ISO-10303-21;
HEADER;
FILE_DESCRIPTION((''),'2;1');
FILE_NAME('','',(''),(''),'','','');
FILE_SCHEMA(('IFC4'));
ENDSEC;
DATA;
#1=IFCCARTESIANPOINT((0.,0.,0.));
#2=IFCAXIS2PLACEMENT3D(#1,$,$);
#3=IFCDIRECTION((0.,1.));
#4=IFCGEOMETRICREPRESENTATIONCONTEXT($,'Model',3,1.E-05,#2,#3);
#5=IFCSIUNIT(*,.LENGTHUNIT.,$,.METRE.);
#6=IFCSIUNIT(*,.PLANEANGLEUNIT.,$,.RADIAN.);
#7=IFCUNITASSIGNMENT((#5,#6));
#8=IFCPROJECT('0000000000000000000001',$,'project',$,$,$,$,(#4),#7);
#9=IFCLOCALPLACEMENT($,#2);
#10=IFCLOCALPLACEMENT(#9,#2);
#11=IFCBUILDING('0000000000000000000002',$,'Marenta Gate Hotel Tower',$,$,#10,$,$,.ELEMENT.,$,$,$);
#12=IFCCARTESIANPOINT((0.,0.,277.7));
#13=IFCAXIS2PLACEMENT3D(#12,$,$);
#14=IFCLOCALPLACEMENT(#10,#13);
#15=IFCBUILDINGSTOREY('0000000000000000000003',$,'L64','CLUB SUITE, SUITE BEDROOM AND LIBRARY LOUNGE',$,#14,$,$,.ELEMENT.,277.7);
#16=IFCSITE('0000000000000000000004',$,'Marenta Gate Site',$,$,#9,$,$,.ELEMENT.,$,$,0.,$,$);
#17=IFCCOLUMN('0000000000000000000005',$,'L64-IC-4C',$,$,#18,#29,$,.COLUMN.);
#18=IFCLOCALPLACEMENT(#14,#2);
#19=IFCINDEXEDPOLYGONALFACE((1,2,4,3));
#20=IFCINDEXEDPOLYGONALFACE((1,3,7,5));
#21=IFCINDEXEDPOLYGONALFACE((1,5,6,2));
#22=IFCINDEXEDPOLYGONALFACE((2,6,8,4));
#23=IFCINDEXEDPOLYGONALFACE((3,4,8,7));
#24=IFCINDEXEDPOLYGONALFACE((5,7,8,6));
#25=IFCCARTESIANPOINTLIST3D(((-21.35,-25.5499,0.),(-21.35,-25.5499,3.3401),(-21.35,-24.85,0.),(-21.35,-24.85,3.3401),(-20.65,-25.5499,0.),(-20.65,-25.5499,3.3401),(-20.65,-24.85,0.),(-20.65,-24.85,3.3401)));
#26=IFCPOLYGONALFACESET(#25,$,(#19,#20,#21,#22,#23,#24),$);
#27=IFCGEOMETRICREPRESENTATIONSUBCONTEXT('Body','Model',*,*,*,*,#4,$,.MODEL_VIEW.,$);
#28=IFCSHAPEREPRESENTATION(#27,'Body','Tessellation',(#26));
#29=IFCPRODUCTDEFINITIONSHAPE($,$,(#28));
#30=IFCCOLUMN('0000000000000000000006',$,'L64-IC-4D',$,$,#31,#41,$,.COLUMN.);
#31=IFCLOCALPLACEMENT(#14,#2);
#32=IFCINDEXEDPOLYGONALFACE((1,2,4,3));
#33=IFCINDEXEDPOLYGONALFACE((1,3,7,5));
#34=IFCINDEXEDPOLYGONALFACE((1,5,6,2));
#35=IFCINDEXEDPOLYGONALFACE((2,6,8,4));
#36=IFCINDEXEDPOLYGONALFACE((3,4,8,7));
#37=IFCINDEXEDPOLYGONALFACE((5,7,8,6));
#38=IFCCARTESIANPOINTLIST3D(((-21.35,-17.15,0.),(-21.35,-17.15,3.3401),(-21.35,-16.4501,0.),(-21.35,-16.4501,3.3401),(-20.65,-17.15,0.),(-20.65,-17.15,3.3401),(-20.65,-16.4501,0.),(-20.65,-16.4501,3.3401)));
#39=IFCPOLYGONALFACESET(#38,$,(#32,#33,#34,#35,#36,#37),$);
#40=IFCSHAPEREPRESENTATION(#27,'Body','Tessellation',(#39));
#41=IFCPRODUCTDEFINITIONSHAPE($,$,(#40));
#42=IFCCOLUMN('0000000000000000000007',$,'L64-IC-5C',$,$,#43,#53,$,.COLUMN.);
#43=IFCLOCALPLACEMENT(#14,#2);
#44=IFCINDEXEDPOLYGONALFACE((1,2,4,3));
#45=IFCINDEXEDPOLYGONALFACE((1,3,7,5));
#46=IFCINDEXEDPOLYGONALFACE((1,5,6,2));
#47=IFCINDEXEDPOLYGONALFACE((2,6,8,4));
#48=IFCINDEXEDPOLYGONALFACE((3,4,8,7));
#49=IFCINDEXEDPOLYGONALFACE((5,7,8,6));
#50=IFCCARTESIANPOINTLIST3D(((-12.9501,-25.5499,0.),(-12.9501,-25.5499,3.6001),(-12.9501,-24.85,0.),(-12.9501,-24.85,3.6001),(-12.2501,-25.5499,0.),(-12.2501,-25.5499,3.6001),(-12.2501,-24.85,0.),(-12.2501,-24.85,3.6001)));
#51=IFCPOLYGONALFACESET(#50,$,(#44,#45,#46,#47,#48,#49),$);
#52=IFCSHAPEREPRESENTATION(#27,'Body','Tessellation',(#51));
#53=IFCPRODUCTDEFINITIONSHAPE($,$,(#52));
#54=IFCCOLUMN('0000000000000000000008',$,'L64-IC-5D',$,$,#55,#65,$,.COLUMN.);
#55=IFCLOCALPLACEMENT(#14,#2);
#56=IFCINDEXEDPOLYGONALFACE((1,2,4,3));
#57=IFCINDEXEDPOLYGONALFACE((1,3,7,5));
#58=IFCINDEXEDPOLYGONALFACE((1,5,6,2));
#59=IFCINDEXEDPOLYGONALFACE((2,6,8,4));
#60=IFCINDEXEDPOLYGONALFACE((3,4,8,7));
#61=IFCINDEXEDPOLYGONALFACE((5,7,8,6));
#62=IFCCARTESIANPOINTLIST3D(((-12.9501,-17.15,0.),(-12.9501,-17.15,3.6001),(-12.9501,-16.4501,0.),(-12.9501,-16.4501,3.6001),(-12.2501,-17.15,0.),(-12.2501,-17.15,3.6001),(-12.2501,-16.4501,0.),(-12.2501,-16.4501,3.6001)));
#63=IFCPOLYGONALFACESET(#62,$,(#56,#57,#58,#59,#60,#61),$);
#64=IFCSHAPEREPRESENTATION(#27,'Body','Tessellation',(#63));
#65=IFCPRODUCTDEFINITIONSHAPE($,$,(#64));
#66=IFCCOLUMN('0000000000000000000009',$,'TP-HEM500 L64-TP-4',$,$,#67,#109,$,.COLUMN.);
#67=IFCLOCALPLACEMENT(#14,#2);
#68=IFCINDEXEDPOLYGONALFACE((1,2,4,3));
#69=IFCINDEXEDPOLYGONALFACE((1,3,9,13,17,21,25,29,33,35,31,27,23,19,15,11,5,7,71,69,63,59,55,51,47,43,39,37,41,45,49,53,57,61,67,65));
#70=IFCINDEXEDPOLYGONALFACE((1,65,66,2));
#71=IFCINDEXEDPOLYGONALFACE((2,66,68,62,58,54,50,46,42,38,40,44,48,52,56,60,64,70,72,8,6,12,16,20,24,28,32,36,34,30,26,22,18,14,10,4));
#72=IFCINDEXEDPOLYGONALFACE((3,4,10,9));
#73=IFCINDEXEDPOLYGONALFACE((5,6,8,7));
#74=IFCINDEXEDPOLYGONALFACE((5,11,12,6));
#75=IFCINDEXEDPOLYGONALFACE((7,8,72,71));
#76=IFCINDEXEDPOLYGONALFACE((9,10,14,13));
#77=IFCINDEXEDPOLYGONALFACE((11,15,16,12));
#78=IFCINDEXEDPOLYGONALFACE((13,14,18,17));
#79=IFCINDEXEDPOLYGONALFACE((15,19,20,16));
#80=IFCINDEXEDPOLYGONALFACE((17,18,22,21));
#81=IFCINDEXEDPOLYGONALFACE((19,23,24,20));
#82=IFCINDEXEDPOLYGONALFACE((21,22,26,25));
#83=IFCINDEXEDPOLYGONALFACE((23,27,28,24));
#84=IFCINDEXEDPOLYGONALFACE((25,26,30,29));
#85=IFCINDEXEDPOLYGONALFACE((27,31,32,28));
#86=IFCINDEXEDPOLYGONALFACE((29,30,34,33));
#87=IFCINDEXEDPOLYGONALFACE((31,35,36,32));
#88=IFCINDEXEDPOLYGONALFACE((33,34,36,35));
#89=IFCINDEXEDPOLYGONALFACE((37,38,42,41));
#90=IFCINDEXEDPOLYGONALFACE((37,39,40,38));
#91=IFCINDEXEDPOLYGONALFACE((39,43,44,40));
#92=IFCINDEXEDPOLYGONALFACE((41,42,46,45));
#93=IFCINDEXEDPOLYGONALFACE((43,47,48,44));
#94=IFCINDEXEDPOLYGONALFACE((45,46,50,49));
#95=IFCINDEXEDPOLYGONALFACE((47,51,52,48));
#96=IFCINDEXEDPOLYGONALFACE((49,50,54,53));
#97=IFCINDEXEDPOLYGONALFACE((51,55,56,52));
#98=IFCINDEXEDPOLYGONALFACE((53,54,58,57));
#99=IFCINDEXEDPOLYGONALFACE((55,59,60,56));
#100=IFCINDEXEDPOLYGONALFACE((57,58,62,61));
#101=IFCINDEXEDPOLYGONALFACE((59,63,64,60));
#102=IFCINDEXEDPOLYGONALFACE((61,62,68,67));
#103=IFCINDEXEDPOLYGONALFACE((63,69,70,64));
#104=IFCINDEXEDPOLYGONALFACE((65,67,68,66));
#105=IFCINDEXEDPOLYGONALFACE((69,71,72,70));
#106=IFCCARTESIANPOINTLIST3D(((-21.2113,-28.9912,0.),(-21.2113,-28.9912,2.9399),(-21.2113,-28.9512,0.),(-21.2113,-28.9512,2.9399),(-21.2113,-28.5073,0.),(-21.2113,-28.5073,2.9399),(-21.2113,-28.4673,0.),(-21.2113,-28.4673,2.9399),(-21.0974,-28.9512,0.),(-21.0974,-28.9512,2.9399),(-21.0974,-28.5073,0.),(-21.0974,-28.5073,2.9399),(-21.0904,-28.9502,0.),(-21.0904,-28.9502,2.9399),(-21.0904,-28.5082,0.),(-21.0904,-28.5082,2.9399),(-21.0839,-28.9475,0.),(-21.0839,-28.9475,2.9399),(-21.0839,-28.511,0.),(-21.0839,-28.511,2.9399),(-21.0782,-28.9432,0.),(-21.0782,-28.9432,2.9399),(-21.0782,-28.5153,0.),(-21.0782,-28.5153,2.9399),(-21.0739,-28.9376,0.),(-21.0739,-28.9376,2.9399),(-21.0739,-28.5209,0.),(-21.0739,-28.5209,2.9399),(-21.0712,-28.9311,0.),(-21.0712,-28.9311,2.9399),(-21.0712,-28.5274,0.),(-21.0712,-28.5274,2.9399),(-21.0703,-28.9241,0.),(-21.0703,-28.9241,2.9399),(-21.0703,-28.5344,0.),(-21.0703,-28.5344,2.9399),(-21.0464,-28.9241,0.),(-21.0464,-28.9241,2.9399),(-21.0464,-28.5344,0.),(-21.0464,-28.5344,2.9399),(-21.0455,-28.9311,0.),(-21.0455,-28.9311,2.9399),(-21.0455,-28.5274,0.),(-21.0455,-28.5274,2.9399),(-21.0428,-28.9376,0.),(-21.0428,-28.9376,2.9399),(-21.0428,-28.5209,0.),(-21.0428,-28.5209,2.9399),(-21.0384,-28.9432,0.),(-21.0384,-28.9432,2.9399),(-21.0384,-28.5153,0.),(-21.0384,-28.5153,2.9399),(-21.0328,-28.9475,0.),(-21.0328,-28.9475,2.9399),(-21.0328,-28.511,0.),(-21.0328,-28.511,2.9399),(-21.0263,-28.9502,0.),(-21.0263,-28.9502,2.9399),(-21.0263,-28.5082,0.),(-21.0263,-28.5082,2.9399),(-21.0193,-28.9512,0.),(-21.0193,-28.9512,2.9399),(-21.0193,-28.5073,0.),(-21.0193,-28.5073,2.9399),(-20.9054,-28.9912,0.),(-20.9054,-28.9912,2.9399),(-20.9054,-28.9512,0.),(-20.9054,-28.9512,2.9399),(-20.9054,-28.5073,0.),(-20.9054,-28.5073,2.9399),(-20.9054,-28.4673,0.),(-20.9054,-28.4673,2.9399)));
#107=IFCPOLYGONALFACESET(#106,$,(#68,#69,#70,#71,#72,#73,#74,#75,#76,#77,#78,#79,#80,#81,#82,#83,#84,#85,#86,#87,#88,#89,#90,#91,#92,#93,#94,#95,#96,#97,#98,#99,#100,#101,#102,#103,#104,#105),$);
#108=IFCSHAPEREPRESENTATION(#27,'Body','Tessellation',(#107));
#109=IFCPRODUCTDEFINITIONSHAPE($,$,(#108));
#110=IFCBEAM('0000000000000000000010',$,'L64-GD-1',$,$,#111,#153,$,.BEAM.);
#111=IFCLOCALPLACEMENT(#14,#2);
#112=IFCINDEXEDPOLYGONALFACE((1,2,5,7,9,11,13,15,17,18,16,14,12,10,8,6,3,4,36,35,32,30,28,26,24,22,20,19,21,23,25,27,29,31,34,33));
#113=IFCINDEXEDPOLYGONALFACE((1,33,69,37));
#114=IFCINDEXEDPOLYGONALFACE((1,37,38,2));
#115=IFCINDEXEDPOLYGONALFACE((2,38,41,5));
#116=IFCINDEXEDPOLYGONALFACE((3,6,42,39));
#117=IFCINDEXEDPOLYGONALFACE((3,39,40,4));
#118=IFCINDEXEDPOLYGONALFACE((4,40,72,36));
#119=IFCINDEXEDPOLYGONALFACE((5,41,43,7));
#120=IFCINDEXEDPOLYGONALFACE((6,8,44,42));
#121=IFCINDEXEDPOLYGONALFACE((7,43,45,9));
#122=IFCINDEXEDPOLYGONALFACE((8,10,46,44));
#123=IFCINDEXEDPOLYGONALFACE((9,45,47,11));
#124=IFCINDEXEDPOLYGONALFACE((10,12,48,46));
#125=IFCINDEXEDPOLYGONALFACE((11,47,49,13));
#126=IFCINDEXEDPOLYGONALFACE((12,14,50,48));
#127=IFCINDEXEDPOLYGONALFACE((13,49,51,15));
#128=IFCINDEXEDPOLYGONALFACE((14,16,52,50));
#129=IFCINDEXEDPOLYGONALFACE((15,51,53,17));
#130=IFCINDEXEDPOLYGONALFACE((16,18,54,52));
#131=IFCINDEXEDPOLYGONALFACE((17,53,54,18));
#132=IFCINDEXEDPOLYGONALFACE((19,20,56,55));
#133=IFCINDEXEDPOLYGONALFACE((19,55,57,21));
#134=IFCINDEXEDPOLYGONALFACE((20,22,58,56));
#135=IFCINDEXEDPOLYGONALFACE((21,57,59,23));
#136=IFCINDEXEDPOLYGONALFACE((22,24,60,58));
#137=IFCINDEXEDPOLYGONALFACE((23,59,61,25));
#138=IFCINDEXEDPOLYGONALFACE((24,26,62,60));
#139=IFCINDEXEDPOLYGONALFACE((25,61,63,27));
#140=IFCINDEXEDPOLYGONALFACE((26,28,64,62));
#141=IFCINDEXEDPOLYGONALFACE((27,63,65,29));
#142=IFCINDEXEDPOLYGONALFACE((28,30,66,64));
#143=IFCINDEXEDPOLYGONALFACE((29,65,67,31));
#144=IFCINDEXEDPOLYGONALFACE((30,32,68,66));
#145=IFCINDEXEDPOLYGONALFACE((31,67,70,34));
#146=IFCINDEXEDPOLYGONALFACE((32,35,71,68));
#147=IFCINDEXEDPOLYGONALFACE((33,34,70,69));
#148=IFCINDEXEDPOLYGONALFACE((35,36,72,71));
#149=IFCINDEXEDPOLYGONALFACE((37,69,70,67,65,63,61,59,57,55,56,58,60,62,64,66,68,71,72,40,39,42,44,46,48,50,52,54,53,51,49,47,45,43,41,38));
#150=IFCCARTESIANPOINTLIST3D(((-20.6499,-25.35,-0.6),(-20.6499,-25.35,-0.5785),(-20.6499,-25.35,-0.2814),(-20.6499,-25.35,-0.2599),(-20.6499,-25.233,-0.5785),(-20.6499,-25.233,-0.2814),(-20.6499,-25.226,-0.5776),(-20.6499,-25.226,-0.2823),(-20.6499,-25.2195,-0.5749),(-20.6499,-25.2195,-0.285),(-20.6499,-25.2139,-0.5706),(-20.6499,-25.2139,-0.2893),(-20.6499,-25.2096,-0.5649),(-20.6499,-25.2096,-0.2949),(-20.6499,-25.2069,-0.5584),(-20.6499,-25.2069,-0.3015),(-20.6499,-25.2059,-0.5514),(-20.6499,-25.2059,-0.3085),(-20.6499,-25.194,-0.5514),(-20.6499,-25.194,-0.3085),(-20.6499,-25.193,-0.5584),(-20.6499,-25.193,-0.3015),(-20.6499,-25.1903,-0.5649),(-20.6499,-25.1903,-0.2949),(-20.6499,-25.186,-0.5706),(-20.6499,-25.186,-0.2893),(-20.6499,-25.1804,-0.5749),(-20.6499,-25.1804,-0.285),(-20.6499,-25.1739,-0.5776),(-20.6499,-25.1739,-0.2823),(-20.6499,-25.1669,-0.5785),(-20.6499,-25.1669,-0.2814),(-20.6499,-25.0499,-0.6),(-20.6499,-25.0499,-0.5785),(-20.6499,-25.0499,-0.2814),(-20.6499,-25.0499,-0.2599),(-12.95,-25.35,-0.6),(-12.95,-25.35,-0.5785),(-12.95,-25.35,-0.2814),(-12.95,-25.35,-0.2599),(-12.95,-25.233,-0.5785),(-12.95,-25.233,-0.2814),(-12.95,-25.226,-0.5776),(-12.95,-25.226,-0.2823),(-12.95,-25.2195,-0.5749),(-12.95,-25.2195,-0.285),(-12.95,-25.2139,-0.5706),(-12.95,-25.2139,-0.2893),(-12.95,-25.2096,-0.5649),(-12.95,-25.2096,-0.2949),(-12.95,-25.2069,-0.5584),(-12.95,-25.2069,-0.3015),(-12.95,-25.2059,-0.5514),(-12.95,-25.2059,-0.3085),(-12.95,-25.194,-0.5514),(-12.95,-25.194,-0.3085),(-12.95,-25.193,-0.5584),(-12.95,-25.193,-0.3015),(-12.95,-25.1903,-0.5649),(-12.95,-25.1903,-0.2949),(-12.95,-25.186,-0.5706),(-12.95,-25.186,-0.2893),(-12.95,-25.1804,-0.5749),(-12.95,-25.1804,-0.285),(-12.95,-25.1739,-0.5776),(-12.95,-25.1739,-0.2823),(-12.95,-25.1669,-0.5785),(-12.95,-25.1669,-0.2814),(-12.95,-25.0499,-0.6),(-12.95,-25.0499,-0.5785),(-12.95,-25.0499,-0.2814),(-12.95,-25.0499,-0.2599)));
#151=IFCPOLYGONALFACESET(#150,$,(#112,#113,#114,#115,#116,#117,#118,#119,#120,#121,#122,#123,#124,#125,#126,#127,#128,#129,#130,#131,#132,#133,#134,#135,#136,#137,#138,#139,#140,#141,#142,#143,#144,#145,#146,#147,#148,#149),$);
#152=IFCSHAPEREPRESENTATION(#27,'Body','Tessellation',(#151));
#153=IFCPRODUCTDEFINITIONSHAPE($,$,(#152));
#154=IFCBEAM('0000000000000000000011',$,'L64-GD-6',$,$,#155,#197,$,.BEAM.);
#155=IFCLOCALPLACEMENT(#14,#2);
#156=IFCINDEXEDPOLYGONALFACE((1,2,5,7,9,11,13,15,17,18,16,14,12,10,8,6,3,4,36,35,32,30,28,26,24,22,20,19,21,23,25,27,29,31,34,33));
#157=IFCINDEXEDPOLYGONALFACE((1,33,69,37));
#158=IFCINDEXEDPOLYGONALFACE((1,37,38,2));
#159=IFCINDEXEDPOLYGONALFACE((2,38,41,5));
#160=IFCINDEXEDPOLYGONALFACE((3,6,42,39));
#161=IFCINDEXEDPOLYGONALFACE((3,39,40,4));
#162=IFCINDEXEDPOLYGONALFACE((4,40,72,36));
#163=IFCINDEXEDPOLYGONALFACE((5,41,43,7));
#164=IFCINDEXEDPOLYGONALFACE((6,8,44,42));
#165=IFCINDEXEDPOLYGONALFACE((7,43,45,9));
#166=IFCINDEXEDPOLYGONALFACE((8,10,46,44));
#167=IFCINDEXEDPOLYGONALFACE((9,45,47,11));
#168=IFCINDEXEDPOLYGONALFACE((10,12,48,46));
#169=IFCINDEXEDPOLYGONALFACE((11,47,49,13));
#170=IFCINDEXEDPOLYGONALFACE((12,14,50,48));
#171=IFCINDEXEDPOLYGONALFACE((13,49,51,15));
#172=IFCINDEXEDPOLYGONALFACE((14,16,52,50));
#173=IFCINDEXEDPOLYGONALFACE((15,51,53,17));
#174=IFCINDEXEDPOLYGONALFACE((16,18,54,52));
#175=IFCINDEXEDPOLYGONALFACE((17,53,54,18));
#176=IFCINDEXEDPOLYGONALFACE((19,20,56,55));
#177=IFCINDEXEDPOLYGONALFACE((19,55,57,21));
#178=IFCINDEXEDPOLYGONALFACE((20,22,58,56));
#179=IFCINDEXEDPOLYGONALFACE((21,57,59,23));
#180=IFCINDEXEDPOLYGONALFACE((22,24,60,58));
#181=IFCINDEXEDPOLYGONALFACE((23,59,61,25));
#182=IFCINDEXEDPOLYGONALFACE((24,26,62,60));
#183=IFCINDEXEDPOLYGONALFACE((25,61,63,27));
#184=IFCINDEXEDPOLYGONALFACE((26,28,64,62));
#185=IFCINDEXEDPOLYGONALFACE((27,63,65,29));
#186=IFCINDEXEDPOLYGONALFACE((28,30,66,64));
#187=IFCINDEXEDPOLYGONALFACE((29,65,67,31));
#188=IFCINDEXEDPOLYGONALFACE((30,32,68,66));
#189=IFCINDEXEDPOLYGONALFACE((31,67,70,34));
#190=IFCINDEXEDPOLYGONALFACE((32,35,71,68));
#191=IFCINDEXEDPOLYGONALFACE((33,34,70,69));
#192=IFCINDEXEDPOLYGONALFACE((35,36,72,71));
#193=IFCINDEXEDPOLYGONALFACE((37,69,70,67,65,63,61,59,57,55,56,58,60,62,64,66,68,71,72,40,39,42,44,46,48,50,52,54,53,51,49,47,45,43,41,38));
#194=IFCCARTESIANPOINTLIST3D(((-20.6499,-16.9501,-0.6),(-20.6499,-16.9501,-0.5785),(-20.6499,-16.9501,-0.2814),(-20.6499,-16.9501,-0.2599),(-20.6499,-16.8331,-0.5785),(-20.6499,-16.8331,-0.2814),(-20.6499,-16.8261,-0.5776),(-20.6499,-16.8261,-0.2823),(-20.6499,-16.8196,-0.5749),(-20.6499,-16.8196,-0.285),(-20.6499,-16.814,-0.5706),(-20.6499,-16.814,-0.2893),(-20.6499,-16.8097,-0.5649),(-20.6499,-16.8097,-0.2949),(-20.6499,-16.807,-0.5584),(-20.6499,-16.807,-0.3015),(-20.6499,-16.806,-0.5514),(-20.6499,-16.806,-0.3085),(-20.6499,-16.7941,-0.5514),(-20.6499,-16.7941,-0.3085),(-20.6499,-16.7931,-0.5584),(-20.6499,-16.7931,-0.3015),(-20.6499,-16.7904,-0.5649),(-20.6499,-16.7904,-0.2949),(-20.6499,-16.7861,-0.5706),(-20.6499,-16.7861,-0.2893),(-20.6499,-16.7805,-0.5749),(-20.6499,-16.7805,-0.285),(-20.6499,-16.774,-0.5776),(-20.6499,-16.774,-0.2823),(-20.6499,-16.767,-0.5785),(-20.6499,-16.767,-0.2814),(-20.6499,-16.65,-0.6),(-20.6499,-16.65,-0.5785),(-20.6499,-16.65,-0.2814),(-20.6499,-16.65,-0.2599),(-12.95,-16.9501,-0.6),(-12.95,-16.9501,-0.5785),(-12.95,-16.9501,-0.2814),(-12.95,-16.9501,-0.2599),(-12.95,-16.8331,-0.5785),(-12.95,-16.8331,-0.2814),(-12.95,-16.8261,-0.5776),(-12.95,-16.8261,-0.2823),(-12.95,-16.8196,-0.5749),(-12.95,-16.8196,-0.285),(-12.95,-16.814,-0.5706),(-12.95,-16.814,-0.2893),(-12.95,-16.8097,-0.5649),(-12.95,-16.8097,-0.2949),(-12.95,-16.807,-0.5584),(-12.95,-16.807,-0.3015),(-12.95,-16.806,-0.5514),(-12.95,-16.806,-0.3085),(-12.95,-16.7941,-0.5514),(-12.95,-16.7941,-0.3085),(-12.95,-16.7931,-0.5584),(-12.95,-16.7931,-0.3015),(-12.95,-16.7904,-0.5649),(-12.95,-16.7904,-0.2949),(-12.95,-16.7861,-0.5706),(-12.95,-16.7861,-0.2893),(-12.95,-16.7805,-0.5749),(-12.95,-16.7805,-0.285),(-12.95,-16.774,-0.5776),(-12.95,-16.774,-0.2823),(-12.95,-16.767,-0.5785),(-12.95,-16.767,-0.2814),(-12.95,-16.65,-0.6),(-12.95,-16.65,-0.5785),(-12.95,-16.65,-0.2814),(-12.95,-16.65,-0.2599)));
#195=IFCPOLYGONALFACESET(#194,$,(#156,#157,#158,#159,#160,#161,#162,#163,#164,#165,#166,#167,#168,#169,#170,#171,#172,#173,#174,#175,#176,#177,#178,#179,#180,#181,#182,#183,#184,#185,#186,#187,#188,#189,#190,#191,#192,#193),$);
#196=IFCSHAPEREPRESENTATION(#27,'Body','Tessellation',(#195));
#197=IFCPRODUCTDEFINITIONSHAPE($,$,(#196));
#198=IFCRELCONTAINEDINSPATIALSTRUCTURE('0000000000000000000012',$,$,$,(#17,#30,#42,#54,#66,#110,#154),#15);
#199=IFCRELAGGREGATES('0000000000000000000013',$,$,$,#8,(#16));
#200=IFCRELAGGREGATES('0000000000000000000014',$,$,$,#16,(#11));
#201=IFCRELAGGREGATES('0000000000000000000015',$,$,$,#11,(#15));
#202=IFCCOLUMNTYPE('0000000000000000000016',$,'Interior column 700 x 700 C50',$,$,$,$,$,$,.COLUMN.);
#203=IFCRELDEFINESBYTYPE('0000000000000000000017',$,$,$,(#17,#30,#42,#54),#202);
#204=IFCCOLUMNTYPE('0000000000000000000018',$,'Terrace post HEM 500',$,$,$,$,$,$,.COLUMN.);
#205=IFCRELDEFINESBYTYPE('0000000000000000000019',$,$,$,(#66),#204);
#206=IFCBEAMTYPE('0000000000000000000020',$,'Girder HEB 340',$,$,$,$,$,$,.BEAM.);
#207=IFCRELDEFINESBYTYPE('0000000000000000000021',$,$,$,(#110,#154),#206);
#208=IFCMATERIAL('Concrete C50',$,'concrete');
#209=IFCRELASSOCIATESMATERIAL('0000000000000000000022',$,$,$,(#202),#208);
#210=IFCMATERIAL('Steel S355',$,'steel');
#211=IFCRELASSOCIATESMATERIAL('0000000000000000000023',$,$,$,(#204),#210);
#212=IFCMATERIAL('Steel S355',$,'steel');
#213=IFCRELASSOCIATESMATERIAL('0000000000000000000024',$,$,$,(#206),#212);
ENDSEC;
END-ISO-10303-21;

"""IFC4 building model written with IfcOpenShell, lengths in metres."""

from ifc_helpers import new_model, si_unit, direction, frame, origin, origin_2d, place, context, subcontext, project, spatial, rectangle, i_section, extrude, material, material_profile, profile_set, type_object, element, save


model = new_model("IFC4")

# Units and contexts
model_context = context("Model", 3, precision=1e-05, world=origin(), true_north=direction((0.0, 1.0)))
body_context = subcontext(model_context, "Body", "Model", "MODEL_VIEW")
ifc_project = project(units=[si_unit("LENGTHUNIT", "METRE"), si_unit("PLANEANGLEUNIT", "RADIAN")], contexts=[model_context])

# Site, building, storey
site_placement = place(None, origin())
site = spatial("IfcSite", under=ifc_project, at=site_placement, Name="Marenta Gate Site", CompositionType="ELEMENT", RefElevation=0.0)
building_placement = place(site_placement, origin())
building = spatial("IfcBuilding", under=site, at=building_placement, Name="Marenta Gate Hotel Tower", CompositionType="ELEMENT")
storey_placement = place(building_placement, frame((0.0, 0.0, 277.7)))
storey = spatial("IfcBuildingStorey", under=building, at=storey_placement, Name="L64", Description="CLUB SUITE, SUITE BEDROOM AND LIBRARY LOUNGE", CompositionType="ELEMENT", Elevation=277.7)

# Columns
ifc_material_1 = material(Name="Concrete C50", Category="concrete")
ifc_material_profile_1 = material_profile(ifc_material_1, rectangle(XDim=0.7, YDim=0.7, at=origin_2d()), Name="700 x 700")
ifc_profile_set_1 = profile_set([ifc_material_profile_1], Name="Concrete C50")
column_type_1 = type_object("IfcColumnType", Name="Interior column 700 x 700 C50", PredefinedType="COLUMN", material=ifc_profile_set_1)
for number, where, z_axis, x_axis, name in (
    (1, (-21.0, -25.2, 0.0), (0.0, 0.0, 1.0), (1.0, 0.0, 0.0), "L64-IC-4C"),
    (2, (-21.0, -16.8, 0.0), (0.0, 0.0, 1.0), (1.0, 0.0, 0.0), "L64-IC-4D"),
):
    element("IfcColumn", number, at=place(storey_placement, frame(where, z_axis=z_axis, x_axis=x_axis)), inside=storey, type_object=column_type_1, Name=name, PredefinedType="COLUMN", context=body_context, shape_type="SweptSolid", body=[
        extrude(rectangle(XDim=0.7, YDim=0.7, at=origin_2d()), origin(), (0.0, 0.0, 1.0), 3.3401),
    ])
for number, where, z_axis, x_axis, name in (
    (3, (-12.6001, -25.2, 0.0), (0.0, 0.0, 1.0), (1.0, 0.0, 0.0), "L64-IC-5C"),
    (4, (-12.6001, -16.8, 0.0), (0.0, 0.0, 1.0), (1.0, 0.0, 0.0), "L64-IC-5D"),
):
    element("IfcColumn", number, at=place(storey_placement, frame(where, z_axis=z_axis, x_axis=x_axis)), inside=storey, type_object=column_type_1, Name=name, PredefinedType="COLUMN", context=body_context, shape_type="SweptSolid", body=[
        extrude(rectangle(XDim=0.7, YDim=0.7, at=origin_2d()), origin(), (0.0, 0.0, 1.0), 3.6001),
    ])
ifc_material_2 = material(Name="Steel S355", Category="steel")
ifc_material_profile_2 = material_profile(ifc_material_2, i_section(OverallWidth=0.3059, OverallDepth=0.5239, WebThickness=0.0239, FlangeThickness=0.04, FilletRadius=0.0271, at=origin_2d()), Name="HEM 500")
ifc_profile_set_2 = profile_set([ifc_material_profile_2], Name="Steel S355")
column_type_2 = type_object("IfcColumnType", Name="Terrace post HEM 500", PredefinedType="COLUMN", material=ifc_profile_set_2)
column_placement = place(storey_placement, frame((-21.0583, -28.7292, 0.0), z_axis=(0.0, 0.0, 1.0), x_axis=(1.0, 0.0, 0.0)))
element("IfcColumn", 5, at=column_placement, inside=storey, type_object=column_type_2, Name="TP-HEM500 L64-TP-4", PredefinedType="COLUMN", context=body_context, shape_type="SweptSolid", body=[
    extrude(i_section(OverallWidth=0.3059, OverallDepth=0.5239, WebThickness=0.0239, FlangeThickness=0.04, FilletRadius=0.0271, at=origin_2d()), origin(), (0.0, 0.0, 1.0), 2.9399),
])

# Beams
ifc_material_3 = material(Name="Steel S355", Category="steel")
ifc_material_profile_3 = material_profile(ifc_material_3, i_section(OverallWidth=0.3, OverallDepth=0.3401, WebThickness=0.012, FlangeThickness=0.0215, FilletRadius=0.0271, at=origin_2d()), Name="HEB 340")
ifc_profile_set_3 = profile_set([ifc_material_profile_3], Name="Steel S355")
beam_type_1 = type_object("IfcBeamType", Name="Girder HEB 340", PredefinedType="BEAM", material=ifc_profile_set_3)
for number, where, z_axis, x_axis, name in (
    (6, (-20.6499, -25.2, -0.4299), (1.0, 0.0, 0.0), (0.0, 1.0, 0.0), "L64-GD-1"),
    (7, (-20.6499, -16.8, -0.4299), (1.0, 0.0, 0.0), (0.0, 1.0, 0.0), "L64-GD-6"),
):
    element("IfcBeam", number, at=place(storey_placement, frame(where, z_axis=z_axis, x_axis=x_axis)), inside=storey, type_object=beam_type_1, Name=name, PredefinedType="BEAM", context=body_context, shape_type="SweptSolid", body=[
        extrude(i_section(OverallWidth=0.3, OverallDepth=0.3401, WebThickness=0.012, FlangeThickness=0.0215, FilletRadius=0.0271, at=origin_2d()), origin(), (0.0, 0.0, 1.0), 7.7),
    ])

save(model, "model.ifc")
